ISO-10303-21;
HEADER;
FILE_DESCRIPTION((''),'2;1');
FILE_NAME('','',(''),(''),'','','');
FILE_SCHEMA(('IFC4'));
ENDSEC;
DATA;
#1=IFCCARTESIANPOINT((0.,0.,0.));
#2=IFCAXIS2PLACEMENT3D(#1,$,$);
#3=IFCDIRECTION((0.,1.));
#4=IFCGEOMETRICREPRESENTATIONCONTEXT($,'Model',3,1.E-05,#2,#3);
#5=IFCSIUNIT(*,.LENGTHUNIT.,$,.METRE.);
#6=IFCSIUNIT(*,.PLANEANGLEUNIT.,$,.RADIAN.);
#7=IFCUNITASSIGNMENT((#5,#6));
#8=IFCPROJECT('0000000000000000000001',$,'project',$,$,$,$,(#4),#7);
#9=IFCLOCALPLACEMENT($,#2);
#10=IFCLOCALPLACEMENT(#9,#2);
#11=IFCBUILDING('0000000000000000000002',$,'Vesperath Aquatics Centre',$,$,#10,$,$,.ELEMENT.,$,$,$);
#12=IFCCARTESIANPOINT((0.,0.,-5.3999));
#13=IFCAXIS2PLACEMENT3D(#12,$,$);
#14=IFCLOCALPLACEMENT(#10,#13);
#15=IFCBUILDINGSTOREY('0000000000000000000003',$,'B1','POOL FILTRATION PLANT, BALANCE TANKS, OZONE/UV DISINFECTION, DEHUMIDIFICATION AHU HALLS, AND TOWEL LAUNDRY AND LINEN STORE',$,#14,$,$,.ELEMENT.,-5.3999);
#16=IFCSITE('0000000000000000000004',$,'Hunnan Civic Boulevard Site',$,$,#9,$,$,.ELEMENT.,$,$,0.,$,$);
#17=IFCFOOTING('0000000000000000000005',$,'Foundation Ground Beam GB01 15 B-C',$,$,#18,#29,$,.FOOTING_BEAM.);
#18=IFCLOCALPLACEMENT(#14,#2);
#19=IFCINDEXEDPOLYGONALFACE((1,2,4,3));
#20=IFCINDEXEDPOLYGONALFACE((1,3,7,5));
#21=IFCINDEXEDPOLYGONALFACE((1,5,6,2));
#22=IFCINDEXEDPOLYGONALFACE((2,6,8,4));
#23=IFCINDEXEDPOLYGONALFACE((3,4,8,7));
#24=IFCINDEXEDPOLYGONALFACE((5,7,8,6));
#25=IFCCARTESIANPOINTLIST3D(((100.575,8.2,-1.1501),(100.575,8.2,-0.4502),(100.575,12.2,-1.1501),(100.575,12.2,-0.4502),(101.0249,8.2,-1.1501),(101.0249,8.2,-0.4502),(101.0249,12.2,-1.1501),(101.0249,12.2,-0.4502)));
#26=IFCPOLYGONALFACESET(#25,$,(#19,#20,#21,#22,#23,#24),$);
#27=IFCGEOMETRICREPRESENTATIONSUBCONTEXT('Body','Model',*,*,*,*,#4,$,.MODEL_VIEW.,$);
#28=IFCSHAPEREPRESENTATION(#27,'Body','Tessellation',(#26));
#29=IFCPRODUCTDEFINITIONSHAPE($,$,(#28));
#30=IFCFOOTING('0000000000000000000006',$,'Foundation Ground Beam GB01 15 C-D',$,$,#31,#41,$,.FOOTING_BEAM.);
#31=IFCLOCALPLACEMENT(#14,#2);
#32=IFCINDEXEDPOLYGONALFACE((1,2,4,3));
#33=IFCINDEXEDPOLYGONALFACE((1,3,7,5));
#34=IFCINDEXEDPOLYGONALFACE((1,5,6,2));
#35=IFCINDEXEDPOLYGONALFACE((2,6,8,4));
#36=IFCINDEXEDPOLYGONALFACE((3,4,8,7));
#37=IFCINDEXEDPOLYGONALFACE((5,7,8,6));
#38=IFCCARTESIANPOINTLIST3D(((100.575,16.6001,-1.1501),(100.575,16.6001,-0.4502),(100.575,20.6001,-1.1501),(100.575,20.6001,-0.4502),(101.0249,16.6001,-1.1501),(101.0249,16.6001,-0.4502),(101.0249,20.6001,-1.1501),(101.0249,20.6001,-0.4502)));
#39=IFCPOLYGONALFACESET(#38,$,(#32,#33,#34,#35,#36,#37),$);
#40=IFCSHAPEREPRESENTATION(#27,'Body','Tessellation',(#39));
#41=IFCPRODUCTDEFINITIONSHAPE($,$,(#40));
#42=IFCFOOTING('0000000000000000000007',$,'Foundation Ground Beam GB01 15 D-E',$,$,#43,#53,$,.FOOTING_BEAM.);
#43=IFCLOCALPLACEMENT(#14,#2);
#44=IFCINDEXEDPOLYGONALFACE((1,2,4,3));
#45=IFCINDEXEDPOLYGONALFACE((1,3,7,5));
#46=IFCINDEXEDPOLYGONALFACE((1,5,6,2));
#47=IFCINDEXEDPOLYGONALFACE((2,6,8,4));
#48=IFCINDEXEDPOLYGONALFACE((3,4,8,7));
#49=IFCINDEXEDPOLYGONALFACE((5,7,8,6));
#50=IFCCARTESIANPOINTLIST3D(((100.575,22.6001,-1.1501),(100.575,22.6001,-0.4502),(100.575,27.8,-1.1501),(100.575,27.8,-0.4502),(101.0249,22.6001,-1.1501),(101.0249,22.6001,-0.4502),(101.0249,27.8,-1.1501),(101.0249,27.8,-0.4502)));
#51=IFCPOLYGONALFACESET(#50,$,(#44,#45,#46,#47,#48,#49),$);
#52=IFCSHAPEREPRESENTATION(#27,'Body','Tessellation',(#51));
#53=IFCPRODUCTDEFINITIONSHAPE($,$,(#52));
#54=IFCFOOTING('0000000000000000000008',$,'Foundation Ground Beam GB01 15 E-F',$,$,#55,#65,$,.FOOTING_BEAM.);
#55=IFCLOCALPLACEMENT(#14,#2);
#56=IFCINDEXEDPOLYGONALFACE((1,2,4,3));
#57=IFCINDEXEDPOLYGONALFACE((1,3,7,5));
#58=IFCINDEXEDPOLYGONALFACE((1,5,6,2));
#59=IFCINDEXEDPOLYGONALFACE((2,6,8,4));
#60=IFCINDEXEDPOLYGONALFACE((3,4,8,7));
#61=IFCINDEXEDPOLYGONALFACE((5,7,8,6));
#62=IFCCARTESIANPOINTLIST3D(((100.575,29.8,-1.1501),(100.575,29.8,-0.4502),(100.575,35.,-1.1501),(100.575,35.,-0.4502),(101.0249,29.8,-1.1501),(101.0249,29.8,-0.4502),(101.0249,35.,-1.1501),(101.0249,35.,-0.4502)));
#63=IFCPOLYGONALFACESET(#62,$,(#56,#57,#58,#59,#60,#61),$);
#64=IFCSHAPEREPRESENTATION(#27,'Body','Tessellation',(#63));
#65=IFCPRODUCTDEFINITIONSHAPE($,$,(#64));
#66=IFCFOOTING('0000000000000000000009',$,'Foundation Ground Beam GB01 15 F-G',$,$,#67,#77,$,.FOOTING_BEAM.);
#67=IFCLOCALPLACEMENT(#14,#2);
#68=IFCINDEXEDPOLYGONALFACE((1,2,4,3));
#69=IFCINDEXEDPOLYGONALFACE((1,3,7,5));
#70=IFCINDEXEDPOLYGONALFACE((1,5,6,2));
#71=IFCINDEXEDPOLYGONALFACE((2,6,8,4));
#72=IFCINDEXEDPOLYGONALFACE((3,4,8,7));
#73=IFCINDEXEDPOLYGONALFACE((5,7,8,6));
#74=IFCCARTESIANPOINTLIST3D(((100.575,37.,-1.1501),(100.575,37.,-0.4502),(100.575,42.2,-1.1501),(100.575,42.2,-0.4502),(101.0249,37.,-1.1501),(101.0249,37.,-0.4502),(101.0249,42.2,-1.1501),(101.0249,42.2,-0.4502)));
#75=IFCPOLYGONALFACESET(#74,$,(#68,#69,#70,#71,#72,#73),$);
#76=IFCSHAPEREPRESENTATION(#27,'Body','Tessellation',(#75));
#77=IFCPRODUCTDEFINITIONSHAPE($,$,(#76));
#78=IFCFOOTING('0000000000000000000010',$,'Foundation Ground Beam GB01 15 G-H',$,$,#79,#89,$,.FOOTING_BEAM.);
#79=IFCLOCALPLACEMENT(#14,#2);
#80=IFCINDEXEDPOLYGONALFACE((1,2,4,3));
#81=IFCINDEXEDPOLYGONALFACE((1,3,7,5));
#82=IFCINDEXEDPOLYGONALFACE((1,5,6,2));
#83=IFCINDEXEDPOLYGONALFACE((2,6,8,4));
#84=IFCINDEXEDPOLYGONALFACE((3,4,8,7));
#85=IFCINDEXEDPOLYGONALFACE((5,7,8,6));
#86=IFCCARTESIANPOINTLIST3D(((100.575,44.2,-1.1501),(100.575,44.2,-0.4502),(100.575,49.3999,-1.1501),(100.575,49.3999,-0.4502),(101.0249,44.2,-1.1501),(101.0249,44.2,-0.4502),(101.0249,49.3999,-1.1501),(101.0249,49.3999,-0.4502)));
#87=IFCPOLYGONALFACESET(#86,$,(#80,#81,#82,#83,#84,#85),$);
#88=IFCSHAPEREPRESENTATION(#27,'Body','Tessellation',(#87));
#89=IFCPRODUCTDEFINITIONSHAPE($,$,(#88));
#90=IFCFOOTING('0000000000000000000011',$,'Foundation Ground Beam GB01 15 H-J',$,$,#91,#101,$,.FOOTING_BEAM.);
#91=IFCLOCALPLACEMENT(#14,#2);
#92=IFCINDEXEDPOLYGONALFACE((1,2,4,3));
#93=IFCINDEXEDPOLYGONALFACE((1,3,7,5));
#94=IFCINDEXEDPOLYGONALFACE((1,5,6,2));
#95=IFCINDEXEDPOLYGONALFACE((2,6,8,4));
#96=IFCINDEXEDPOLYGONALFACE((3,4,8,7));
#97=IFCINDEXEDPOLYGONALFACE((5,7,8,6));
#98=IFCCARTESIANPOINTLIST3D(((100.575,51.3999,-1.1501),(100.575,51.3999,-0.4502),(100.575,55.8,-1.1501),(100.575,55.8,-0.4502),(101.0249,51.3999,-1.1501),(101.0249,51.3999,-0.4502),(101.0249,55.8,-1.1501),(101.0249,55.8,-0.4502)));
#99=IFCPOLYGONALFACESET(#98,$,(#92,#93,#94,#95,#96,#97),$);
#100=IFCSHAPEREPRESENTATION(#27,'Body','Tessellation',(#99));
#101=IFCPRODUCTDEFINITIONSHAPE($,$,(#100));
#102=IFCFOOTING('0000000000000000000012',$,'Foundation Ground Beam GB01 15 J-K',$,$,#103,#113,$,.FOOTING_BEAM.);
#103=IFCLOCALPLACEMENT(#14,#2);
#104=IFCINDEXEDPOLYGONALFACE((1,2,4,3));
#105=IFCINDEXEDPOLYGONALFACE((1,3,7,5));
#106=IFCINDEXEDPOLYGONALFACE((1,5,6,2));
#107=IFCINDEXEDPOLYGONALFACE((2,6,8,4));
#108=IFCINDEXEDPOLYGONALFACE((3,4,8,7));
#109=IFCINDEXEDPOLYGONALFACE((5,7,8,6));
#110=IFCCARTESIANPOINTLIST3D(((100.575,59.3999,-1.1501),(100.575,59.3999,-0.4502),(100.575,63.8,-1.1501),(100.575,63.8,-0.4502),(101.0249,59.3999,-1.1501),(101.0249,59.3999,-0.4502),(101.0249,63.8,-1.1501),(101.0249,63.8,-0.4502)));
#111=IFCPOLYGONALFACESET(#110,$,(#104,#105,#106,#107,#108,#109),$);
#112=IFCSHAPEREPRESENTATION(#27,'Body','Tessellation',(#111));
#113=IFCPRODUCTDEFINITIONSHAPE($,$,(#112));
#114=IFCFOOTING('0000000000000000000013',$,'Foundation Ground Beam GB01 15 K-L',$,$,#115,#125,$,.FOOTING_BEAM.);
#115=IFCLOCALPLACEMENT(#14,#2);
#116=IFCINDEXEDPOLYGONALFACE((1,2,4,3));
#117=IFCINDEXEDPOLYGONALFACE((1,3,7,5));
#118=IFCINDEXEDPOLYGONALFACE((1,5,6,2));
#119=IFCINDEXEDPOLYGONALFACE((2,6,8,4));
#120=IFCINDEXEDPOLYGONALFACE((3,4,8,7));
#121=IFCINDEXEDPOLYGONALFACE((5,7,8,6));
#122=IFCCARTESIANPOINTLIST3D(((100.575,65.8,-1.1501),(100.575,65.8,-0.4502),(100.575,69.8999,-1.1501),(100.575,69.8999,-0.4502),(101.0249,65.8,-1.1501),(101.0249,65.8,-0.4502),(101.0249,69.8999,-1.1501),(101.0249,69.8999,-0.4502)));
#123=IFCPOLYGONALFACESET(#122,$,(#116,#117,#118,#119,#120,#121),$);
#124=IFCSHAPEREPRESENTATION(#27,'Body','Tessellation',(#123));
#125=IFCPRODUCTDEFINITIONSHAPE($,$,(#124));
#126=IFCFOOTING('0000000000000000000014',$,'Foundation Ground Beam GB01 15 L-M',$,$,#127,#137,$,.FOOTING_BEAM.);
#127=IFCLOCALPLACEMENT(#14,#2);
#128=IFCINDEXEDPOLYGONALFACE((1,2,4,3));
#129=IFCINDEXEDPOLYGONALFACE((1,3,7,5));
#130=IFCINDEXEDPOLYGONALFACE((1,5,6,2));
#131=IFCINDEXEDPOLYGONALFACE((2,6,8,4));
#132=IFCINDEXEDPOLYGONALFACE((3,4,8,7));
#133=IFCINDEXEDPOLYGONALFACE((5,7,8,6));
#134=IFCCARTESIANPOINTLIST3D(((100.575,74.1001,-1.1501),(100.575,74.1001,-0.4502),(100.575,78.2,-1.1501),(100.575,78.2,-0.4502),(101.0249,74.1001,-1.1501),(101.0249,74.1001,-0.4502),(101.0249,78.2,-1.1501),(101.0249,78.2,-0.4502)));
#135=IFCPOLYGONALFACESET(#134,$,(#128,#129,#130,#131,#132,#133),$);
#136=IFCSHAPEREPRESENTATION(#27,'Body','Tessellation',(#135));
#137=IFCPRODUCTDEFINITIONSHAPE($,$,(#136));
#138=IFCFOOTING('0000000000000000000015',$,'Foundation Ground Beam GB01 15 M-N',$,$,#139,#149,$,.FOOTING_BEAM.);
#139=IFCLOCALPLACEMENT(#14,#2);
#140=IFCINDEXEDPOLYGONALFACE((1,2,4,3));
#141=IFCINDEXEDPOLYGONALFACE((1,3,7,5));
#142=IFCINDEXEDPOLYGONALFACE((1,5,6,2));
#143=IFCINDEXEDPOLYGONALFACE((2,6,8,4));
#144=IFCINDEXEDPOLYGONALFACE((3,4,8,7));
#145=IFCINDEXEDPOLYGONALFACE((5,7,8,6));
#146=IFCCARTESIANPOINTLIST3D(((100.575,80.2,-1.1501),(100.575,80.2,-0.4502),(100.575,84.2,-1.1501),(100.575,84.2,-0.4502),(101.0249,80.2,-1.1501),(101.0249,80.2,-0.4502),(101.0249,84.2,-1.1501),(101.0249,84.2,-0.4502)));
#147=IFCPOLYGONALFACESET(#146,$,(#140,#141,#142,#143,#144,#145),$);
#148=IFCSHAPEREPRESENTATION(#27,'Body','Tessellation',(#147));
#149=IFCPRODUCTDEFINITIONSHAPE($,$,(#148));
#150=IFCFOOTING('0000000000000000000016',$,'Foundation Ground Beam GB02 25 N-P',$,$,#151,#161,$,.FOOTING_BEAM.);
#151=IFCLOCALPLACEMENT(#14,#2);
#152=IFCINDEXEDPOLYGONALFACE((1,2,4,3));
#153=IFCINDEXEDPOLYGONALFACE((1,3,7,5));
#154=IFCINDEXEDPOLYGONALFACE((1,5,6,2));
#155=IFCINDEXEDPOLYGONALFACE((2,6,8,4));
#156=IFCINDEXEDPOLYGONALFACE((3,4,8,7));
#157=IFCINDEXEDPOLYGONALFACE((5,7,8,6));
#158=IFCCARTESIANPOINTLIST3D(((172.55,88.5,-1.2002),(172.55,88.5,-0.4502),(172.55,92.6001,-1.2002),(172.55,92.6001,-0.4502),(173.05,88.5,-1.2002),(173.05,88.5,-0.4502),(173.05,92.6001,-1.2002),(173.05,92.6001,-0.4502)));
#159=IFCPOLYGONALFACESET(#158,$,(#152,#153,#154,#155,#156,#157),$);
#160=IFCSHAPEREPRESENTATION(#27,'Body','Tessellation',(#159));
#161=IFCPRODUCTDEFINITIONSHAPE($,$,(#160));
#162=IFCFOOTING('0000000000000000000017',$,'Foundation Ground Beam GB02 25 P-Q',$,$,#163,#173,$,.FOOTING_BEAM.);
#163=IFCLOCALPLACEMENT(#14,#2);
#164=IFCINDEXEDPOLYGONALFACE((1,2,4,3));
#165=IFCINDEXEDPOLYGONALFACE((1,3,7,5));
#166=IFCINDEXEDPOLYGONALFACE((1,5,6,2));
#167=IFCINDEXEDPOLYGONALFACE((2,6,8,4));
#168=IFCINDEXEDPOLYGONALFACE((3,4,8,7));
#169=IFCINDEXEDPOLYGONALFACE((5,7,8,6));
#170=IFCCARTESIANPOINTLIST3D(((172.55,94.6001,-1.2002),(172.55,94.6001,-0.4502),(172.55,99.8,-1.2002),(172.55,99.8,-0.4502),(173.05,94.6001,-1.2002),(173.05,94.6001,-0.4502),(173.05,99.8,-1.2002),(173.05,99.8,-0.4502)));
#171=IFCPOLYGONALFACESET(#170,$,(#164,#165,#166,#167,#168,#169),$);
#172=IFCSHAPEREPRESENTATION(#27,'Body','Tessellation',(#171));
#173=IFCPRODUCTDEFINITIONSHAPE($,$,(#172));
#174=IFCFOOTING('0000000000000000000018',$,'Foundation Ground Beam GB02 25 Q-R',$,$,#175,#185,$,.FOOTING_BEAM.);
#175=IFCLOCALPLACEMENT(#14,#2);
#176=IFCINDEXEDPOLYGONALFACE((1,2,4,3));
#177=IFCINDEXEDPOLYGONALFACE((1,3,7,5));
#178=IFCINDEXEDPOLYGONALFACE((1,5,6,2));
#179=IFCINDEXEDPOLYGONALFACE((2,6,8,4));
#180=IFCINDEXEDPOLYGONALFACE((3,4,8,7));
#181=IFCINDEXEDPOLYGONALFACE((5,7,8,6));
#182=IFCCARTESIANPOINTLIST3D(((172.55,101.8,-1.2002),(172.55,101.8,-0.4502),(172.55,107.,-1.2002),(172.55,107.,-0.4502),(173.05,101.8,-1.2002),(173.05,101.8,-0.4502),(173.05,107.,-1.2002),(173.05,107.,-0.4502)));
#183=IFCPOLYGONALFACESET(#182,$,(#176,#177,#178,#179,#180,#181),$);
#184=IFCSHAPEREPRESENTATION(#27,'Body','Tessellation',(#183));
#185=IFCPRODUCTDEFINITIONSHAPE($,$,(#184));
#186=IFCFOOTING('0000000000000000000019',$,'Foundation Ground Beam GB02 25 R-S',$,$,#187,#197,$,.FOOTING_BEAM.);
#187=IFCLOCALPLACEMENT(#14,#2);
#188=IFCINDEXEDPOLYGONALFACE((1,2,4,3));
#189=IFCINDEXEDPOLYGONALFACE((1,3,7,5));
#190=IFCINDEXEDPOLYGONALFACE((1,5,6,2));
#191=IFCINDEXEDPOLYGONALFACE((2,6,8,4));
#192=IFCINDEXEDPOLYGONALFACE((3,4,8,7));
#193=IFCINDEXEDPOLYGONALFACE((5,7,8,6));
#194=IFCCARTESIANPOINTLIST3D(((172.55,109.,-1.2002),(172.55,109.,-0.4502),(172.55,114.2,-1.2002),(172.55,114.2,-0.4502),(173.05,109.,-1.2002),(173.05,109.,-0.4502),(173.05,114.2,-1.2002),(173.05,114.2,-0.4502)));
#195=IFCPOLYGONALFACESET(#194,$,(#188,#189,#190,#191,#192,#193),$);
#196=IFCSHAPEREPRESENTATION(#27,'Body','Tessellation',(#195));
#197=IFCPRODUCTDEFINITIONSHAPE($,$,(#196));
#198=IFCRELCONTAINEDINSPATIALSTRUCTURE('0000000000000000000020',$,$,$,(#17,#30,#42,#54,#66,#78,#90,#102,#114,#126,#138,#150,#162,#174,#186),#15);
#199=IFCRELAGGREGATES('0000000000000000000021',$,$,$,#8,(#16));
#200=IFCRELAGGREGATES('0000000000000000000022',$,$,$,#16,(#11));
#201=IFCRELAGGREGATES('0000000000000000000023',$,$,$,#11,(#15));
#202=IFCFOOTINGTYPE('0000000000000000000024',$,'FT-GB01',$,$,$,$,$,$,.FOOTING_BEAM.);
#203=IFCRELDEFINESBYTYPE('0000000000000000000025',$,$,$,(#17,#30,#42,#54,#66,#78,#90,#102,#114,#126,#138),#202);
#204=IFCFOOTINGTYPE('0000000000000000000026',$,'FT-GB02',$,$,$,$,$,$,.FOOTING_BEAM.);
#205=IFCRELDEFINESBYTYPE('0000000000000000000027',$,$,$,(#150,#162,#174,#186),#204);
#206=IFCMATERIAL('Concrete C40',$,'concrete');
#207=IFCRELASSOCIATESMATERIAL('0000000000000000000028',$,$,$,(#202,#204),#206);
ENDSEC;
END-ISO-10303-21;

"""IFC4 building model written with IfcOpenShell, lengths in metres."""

from ifc_helpers import new_model, si_unit, direction, frame, origin, place, context, subcontext, project, spatial, polyline, outline, extrude, material, type_object, element, save


model = new_model("IFC4")

# Units and contexts
model_context = context("Model", 3, precision=1e-05, world=origin(), true_north=direction((0.0, 1.0)))
body_context = subcontext(model_context, "Body", "Model", "MODEL_VIEW")
ifc_project = project(units=[si_unit("LENGTHUNIT", "METRE"), si_unit("PLANEANGLEUNIT", "RADIAN")], contexts=[model_context])

# Site, building, storey
site_placement = place(None, origin())
site = spatial("IfcSite", under=ifc_project, at=site_placement, Name="Hunnan Civic Boulevard Site", CompositionType="ELEMENT", RefElevation=0.0)
building_placement = place(site_placement, origin())
building = spatial("IfcBuilding", under=site, at=building_placement, Name="Vesperath Aquatics Centre", CompositionType="ELEMENT")
storey_placement = place(building_placement, frame((0.0, 0.0, -5.3999)))
storey = spatial("IfcBuildingStorey", under=building, at=storey_placement, Name="B1", Description="POOL FILTRATION PLANT, BALANCE TANKS, OZONE/UV DISINFECTION, DEHUMIDIFICATION AHU HALLS, AND TOWEL LAUNDRY AND LINEN STORE", CompositionType="ELEMENT", Elevation=-5.3999)

# Footings
ifc_material_1 = material(Name="Concrete C40", Category="concrete")
footing_type_1 = type_object("IfcFootingType", Name="FT-GB01", PredefinedType="FOOTING_BEAM", material=ifc_material_1)
footing_1_placement = place(storey_placement, frame((0.0, 0.0, -1.1501)))
element("IfcFooting", 1, at=footing_1_placement, inside=storey, type_object=footing_type_1, Name="Foundation Ground Beam GB01 15 B-C", PredefinedType="FOOTING_BEAM", context=body_context, shape_type="SweptSolid", body=[
    extrude(outline(polyline([(100.575, 8.2), (101.0249, 8.2), (101.0249, 12.2), (100.575, 12.2), (100.575, 8.2)])), origin(), (0.0, 0.0, 1.0), 0.7),
])
footing_2_placement = place(storey_placement, frame((0.0, 0.0, -1.1501)))
element("IfcFooting", 2, at=footing_2_placement, inside=storey, type_object=footing_type_1, Name="Foundation Ground Beam GB01 15 C-D", PredefinedType="FOOTING_BEAM", context=body_context, shape_type="SweptSolid", body=[
    extrude(outline(polyline([(100.575, 16.6001), (101.0249, 16.6001), (101.0249, 20.6001), (100.575, 20.6001), (100.575, 16.6001)])), origin(), (0.0, 0.0, 1.0), 0.7),
])
footing_3_placement = place(storey_placement, frame((0.0, 0.0, -1.1501)))
element("IfcFooting", 3, at=footing_3_placement, inside=storey, type_object=footing_type_1, Name="Foundation Ground Beam GB01 15 D-E", PredefinedType="FOOTING_BEAM", context=body_context, shape_type="SweptSolid", body=[
    extrude(outline(polyline([(100.575, 22.6001), (101.0249, 22.6001), (101.0249, 27.8), (100.575, 27.8), (100.575, 22.6001)])), origin(), (0.0, 0.0, 1.0), 0.7),
])
footing_4_placement = place(storey_placement, frame((0.0, 0.0, -1.1501)))
element("IfcFooting", 4, at=footing_4_placement, inside=storey, type_object=footing_type_1, Name="Foundation Ground Beam GB01 15 E-F", PredefinedType="FOOTING_BEAM", context=body_context, shape_type="SweptSolid", body=[
    extrude(outline(polyline([(100.575, 29.8), (101.0249, 29.8), (101.0249, 35.0), (100.575, 35.0), (100.575, 29.8)])), origin(), (0.0, 0.0, 1.0), 0.7),
])
footing_5_placement = place(storey_placement, frame((0.0, 0.0, -1.1501)))
element("IfcFooting", 5, at=footing_5_placement, inside=storey, type_object=footing_type_1, Name="Foundation Ground Beam GB01 15 F-G", PredefinedType="FOOTING_BEAM", context=body_context, shape_type="SweptSolid", body=[
    extrude(outline(polyline([(100.575, 37.0), (101.0249, 37.0), (101.0249, 42.2), (100.575, 42.2), (100.575, 37.0)])), origin(), (0.0, 0.0, 1.0), 0.7),
])
footing_6_placement = place(storey_placement, frame((0.0, 0.0, -1.1501)))
element("IfcFooting", 6, at=footing_6_placement, inside=storey, type_object=footing_type_1, Name="Foundation Ground Beam GB01 15 G-H", PredefinedType="FOOTING_BEAM", context=body_context, shape_type="SweptSolid", body=[
    extrude(outline(polyline([(100.575, 44.2), (101.0249, 44.2), (101.0249, 49.3999), (100.575, 49.3999), (100.575, 44.2)])), origin(), (0.0, 0.0, 1.0), 0.7),
])
footing_7_placement = place(storey_placement, frame((0.0, 0.0, -1.1501)))
element("IfcFooting", 7, at=footing_7_placement, inside=storey, type_object=footing_type_1, Name="Foundation Ground Beam GB01 15 H-J", PredefinedType="FOOTING_BEAM", context=body_context, shape_type="SweptSolid", body=[
    extrude(outline(polyline([(100.575, 51.3999), (101.0249, 51.3999), (101.0249, 55.8), (100.575, 55.8), (100.575, 51.3999)])), origin(), (0.0, 0.0, 1.0), 0.7),
])
footing_8_placement = place(storey_placement, frame((0.0, 0.0, -1.1501)))
element("IfcFooting", 8, at=footing_8_placement, inside=storey, type_object=footing_type_1, Name="Foundation Ground Beam GB01 15 J-K", PredefinedType="FOOTING_BEAM", context=body_context, shape_type="SweptSolid", body=[
    extrude(outline(polyline([(100.575, 59.3999), (101.0249, 59.3999), (101.0249, 63.8), (100.575, 63.8), (100.575, 59.3999)])), origin(), (0.0, 0.0, 1.0), 0.7),
])
footing_9_placement = place(storey_placement, frame((0.0, 0.0, -1.1501)))
element("IfcFooting", 9, at=footing_9_placement, inside=storey, type_object=footing_type_1, Name="Foundation Ground Beam GB01 15 K-L", PredefinedType="FOOTING_BEAM", context=body_context, shape_type="SweptSolid", body=[
    extrude(outline(polyline([(100.575, 65.8), (101.0249, 65.8), (101.0249, 69.8999), (100.575, 69.8999), (100.575, 65.8)])), origin(), (0.0, 0.0, 1.0), 0.7),
])
footing_10_placement = place(storey_placement, frame((0.0, 0.0, -1.1501)))
element("IfcFooting", 10, at=footing_10_placement, inside=storey, type_object=footing_type_1, Name="Foundation Ground Beam GB01 15 L-M", PredefinedType="FOOTING_BEAM", context=body_context, shape_type="SweptSolid", body=[
    extrude(outline(polyline([(100.575, 74.1001), (101.0249, 74.1001), (101.0249, 78.2), (100.575, 78.2), (100.575, 74.1001)])), origin(), (0.0, 0.0, 1.0), 0.7),
])
footing_11_placement = place(storey_placement, frame((0.0, 0.0, -1.1501)))
element("IfcFooting", 11, at=footing_11_placement, inside=storey, type_object=footing_type_1, Name="Foundation Ground Beam GB01 15 M-N", PredefinedType="FOOTING_BEAM", context=body_context, shape_type="SweptSolid", body=[
    extrude(outline(polyline([(100.575, 80.2), (101.0249, 80.2), (101.0249, 84.2), (100.575, 84.2), (100.575, 80.2)])), origin(), (0.0, 0.0, 1.0), 0.7),
])
footing_type_2 = type_object("IfcFootingType", Name="FT-GB02", PredefinedType="FOOTING_BEAM", material=ifc_material_1)
footing_12_placement = place(storey_placement, frame((0.0, 0.0, -1.2002)))
element("IfcFooting", 12, at=footing_12_placement, inside=storey, type_object=footing_type_2, Name="Foundation Ground Beam GB02 25 N-P", PredefinedType="FOOTING_BEAM", context=body_context, shape_type="SweptSolid", body=[
    extrude(outline(polyline([(172.55, 88.5), (173.05, 88.5), (173.05, 92.6001), (172.55, 92.6001), (172.55, 88.5)])), origin(), (0.0, 0.0, 1.0), 0.75),
])
footing_13_placement = place(storey_placement, frame((0.0, 0.0, -1.2002)))
element("IfcFooting", 13, at=footing_13_placement, inside=storey, type_object=footing_type_2, Name="Foundation Ground Beam GB02 25 P-Q", PredefinedType="FOOTING_BEAM", context=body_context, shape_type="SweptSolid", body=[
    extrude(outline(polyline([(172.55, 94.6001), (173.05, 94.6001), (173.05, 99.8), (172.55, 99.8), (172.55, 94.6001)])), origin(), (0.0, 0.0, 1.0), 0.75),
])
footing_14_placement = place(storey_placement, frame((0.0, 0.0, -1.2002)))
element("IfcFooting", 14, at=footing_14_placement, inside=storey, type_object=footing_type_2, Name="Foundation Ground Beam GB02 25 Q-R", PredefinedType="FOOTING_BEAM", context=body_context, shape_type="SweptSolid", body=[
    extrude(outline(polyline([(172.55, 101.8), (173.05, 101.8), (173.05, 107.0), (172.55, 107.0), (172.55, 101.8)])), origin(), (0.0, 0.0, 1.0), 0.75),
])
footing_15_placement = place(storey_placement, frame((0.0, 0.0, -1.2002)))
element("IfcFooting", 15, at=footing_15_placement, inside=storey, type_object=footing_type_2, Name="Foundation Ground Beam GB02 25 R-S", PredefinedType="FOOTING_BEAM", context=body_context, shape_type="SweptSolid", body=[
    extrude(outline(polyline([(172.55, 109.0), (173.05, 109.0), (173.05, 114.2), (172.55, 114.2), (172.55, 109.0)])), origin(), (0.0, 0.0, 1.0), 0.75),
])

save(model, "model.ifc")
